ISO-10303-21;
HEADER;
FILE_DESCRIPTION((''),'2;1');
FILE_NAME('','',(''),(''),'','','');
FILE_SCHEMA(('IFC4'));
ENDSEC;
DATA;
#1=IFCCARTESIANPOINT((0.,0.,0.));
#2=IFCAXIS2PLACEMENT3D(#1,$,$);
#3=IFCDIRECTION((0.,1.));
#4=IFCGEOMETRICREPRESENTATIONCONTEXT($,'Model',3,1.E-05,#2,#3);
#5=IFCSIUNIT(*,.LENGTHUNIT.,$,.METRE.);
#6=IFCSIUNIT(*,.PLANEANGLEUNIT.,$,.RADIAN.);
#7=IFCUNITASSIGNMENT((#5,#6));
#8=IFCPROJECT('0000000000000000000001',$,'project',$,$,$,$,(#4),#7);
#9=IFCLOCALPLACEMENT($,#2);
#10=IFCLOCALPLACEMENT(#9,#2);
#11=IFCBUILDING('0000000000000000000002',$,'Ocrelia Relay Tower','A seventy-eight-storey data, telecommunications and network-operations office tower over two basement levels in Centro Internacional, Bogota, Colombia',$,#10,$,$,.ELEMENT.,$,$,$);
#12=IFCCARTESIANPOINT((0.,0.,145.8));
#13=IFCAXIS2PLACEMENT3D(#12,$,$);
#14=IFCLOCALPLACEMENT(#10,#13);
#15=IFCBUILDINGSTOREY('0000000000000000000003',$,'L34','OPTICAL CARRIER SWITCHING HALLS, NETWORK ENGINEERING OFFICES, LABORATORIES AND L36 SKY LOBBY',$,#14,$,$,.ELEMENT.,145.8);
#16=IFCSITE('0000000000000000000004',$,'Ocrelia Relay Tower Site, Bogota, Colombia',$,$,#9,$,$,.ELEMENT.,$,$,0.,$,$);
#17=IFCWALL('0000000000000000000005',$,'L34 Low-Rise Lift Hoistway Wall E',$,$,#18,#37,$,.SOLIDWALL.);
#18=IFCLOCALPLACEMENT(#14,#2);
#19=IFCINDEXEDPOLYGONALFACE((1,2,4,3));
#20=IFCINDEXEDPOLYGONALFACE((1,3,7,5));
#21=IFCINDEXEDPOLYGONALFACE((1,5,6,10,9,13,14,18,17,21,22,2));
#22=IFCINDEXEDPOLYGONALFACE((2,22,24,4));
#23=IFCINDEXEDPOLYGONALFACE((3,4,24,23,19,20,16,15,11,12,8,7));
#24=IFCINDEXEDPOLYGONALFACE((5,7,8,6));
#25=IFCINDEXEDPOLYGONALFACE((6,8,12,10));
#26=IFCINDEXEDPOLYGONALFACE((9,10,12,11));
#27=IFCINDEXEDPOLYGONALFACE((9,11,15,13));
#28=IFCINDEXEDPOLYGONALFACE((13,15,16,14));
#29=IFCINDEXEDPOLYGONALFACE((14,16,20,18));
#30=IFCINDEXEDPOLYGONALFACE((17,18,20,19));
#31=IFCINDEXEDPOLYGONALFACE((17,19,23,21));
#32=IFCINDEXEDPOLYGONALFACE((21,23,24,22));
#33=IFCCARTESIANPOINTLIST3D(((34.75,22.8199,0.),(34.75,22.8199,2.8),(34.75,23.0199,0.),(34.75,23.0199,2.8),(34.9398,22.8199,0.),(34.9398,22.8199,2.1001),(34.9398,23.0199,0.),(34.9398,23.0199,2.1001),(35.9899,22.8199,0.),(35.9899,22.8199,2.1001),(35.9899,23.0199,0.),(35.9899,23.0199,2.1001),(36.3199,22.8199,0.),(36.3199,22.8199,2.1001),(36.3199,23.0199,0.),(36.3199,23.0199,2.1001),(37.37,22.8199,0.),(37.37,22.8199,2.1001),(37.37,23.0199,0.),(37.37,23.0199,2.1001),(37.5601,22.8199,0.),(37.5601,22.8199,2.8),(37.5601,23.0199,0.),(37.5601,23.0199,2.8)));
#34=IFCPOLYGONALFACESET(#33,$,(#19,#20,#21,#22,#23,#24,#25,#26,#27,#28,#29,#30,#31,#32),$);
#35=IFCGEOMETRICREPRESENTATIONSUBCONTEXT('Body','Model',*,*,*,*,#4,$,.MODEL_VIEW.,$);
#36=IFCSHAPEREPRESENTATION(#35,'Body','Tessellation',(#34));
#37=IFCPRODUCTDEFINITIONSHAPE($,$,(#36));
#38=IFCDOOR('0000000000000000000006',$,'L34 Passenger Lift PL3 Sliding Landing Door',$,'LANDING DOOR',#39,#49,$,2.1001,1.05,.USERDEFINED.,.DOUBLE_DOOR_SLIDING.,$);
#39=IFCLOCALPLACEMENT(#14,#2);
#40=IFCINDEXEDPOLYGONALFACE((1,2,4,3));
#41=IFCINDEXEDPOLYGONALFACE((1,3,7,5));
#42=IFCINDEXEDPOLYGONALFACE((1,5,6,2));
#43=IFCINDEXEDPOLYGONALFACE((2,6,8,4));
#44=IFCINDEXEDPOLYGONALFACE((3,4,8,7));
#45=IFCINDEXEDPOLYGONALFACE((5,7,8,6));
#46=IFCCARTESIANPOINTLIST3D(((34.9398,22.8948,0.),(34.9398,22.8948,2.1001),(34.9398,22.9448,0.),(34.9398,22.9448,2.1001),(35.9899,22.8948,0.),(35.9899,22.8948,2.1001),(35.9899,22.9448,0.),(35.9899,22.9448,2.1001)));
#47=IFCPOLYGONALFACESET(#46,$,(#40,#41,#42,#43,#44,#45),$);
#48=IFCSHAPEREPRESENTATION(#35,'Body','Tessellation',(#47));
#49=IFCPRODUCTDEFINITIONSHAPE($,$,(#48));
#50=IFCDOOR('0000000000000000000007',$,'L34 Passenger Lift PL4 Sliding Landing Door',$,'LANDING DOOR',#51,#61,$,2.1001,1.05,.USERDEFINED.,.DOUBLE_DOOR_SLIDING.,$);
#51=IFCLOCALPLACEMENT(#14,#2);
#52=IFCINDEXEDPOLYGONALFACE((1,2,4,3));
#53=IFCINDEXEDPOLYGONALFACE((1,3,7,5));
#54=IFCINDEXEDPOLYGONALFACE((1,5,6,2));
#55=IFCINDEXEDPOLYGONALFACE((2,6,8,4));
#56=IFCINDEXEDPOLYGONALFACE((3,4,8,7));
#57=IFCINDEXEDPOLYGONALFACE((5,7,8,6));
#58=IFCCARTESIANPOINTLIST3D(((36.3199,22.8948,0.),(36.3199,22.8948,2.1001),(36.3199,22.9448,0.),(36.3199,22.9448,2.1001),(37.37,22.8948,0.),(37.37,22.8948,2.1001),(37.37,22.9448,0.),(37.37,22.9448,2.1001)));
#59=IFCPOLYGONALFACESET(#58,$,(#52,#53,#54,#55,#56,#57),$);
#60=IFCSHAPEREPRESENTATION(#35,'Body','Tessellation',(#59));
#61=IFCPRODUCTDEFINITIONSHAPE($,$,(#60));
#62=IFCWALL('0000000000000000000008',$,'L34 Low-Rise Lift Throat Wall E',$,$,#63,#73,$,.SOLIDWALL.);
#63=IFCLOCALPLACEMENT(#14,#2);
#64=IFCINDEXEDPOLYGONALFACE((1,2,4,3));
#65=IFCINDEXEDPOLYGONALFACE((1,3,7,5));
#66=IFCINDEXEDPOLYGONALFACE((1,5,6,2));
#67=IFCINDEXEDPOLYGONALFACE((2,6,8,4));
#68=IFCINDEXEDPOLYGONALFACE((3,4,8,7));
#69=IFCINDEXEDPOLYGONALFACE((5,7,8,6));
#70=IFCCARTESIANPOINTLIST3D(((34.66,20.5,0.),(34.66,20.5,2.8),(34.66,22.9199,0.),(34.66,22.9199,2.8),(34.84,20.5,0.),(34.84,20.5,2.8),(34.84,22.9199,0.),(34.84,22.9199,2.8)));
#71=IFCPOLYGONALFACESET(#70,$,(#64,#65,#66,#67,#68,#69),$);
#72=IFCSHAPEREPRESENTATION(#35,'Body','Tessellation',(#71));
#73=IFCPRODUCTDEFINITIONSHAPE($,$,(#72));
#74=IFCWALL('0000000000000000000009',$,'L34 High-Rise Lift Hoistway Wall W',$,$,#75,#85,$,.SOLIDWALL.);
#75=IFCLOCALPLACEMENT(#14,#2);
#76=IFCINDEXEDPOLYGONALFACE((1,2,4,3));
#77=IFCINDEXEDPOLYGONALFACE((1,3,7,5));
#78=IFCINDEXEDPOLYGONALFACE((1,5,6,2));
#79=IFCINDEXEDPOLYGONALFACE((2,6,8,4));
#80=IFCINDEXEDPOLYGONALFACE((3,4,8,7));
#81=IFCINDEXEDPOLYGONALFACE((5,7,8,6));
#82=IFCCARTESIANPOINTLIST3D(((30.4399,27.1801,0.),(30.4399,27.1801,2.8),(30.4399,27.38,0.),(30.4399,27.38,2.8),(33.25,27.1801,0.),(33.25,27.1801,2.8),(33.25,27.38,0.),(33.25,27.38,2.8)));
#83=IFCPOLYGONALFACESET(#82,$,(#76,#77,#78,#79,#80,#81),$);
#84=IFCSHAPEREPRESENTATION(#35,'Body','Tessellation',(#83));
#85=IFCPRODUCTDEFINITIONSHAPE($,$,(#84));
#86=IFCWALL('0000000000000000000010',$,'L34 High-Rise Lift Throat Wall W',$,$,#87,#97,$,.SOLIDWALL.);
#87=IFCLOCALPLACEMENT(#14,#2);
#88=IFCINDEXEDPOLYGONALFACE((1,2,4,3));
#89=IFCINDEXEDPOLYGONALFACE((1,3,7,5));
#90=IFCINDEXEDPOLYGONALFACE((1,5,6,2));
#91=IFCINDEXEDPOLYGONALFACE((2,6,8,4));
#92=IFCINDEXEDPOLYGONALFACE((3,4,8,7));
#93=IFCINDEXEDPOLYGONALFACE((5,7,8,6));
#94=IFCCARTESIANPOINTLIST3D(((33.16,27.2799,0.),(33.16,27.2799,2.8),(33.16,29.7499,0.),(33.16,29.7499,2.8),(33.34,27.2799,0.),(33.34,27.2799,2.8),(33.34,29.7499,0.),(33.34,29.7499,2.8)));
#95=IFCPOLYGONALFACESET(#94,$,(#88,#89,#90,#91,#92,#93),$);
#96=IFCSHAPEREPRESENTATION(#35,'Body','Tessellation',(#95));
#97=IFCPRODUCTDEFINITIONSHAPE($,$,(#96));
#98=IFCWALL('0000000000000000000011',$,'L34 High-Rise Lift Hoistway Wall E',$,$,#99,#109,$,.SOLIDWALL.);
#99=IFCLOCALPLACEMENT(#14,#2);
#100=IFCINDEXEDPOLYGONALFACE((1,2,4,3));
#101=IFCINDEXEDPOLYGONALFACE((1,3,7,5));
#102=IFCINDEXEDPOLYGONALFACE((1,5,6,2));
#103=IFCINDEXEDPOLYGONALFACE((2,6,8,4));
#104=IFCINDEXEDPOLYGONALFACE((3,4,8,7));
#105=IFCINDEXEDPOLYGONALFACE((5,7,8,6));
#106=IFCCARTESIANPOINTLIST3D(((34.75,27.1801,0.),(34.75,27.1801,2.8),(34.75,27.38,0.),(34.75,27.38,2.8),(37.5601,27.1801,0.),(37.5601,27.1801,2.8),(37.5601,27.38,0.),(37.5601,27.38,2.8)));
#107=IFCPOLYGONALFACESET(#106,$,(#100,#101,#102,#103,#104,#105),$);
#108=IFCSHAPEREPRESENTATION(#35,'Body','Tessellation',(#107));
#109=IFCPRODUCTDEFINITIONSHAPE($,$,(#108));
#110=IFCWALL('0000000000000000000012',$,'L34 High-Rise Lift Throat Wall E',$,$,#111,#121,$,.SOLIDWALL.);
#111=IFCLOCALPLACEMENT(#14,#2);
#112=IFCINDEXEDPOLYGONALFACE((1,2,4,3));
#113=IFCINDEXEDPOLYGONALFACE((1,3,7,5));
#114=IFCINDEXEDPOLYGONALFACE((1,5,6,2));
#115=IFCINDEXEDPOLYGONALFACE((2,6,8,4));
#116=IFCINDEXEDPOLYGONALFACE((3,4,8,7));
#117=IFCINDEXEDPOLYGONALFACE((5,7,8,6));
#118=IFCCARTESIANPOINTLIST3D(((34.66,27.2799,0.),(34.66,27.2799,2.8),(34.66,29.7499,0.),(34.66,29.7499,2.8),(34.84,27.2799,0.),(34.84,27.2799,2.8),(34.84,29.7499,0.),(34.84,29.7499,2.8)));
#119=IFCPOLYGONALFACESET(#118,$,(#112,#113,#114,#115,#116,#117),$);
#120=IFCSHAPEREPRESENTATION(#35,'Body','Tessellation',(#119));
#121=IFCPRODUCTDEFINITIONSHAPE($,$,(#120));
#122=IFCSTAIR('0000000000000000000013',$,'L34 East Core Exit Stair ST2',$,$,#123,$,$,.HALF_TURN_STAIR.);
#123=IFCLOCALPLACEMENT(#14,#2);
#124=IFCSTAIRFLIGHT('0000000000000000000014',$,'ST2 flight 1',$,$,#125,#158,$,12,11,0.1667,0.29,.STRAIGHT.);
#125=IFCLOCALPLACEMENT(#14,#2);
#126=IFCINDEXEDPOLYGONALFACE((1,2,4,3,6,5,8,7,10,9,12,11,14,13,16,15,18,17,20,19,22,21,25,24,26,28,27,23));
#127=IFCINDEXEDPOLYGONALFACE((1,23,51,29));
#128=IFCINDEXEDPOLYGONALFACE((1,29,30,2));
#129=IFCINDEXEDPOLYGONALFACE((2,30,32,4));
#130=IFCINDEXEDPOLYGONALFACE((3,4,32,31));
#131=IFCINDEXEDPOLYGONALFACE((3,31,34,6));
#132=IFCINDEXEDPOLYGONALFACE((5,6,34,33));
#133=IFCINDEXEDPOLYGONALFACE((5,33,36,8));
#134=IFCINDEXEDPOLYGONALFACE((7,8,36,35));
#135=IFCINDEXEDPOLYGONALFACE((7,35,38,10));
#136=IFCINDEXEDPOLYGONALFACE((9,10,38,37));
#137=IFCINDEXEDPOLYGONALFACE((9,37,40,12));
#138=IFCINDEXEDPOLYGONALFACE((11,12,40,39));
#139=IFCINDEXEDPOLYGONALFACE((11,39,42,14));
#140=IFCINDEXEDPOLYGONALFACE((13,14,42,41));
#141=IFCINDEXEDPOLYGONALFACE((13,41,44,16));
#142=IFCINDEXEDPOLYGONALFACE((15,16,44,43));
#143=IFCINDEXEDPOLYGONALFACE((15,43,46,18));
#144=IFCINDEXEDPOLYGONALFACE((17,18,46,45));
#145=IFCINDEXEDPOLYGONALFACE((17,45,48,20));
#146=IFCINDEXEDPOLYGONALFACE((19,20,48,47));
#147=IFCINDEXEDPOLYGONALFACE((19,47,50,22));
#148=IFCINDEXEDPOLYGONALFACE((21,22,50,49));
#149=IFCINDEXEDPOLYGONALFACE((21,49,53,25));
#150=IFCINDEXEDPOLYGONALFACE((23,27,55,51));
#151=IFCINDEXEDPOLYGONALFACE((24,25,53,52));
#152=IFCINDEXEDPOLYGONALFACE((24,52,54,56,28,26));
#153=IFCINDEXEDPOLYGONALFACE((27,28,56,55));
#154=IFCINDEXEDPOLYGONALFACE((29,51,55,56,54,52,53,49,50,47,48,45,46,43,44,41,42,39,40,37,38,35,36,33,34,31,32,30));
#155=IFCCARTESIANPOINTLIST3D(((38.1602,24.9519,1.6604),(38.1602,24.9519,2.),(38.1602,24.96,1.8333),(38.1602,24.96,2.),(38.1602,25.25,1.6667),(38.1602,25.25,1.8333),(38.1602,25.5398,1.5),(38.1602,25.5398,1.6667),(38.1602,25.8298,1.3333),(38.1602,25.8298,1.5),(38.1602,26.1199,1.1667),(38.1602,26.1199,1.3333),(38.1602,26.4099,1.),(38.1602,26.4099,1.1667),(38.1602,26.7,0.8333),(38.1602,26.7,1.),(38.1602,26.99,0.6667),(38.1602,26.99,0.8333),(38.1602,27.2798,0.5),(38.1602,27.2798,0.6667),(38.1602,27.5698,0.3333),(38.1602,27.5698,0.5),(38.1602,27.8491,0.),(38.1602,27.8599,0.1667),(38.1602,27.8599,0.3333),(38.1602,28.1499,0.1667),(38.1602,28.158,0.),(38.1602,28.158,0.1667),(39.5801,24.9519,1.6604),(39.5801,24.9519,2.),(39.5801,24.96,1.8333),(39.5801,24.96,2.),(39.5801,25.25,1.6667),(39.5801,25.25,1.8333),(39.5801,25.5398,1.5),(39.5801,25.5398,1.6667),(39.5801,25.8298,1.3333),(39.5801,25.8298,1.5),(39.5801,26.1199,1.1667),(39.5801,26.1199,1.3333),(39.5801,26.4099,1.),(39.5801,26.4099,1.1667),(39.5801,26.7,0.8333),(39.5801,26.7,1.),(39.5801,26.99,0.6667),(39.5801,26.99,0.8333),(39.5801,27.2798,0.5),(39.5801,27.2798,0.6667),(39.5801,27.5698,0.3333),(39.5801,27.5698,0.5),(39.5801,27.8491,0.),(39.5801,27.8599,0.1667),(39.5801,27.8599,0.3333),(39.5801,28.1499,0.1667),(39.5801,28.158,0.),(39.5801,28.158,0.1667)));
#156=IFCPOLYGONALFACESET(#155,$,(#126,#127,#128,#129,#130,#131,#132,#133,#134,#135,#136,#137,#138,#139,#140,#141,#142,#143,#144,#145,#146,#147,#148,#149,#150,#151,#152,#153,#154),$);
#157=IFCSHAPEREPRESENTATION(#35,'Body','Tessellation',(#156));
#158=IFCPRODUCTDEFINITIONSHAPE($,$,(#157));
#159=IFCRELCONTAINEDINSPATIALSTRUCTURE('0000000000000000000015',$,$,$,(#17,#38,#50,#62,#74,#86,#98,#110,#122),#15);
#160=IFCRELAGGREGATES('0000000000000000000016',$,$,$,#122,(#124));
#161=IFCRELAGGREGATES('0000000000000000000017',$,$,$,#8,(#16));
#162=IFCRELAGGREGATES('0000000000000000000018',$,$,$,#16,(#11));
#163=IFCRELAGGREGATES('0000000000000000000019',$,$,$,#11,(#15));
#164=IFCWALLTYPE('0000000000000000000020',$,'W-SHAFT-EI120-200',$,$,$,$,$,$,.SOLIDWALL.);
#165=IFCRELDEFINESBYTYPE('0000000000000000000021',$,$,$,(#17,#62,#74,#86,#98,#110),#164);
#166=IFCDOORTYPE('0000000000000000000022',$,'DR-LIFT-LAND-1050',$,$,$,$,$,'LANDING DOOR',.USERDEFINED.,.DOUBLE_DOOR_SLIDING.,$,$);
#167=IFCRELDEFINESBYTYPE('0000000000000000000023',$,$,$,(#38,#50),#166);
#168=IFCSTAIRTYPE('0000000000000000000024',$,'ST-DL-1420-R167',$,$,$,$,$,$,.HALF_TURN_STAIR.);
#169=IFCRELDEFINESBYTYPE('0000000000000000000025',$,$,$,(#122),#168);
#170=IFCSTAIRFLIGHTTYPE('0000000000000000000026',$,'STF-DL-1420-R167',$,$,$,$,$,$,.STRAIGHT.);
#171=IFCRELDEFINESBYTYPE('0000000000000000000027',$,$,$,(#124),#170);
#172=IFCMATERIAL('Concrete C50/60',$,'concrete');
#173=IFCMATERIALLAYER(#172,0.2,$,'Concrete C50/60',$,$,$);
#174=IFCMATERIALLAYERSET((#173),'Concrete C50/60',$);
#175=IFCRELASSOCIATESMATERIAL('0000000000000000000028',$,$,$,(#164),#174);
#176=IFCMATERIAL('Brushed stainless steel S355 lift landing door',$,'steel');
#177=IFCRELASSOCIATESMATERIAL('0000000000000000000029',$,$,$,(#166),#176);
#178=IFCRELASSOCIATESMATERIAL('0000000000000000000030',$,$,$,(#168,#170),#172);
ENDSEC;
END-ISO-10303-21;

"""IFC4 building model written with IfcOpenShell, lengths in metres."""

from ifc_helpers import new_model, si_unit, direction, frame, frame_2d, origin, place, context, subcontext, project, spatial, polyline, rectangle, outline, extrude, material, layer, layer_set, type_object, element, fill, aggregate, save


model = new_model("IFC4")

# Units and contexts
model_context = context("Model", 3, precision=1e-05, world=origin(), true_north=direction((0.0, 1.0)))
body_context = subcontext(model_context, "Body", "Model", "MODEL_VIEW")
ifc_project = project(units=[si_unit("LENGTHUNIT", "METRE"), si_unit("PLANEANGLEUNIT", "RADIAN")], contexts=[model_context])

# Site, building, storey
site_placement = place(None, origin())
site = spatial("IfcSite", under=ifc_project, at=site_placement, Name="Ocrelia Relay Tower Site, Bogota, Colombia", CompositionType="ELEMENT", RefElevation=0.0)
building_placement = place(site_placement, origin())
building = spatial("IfcBuilding", under=site, at=building_placement, Name="Ocrelia Relay Tower", Description="A seventy-eight-storey data, telecommunications and network-operations office tower over two basement levels in Centro Internacional, Bogota, Colombia", CompositionType="ELEMENT")
storey_placement = place(building_placement, frame((0.0, 0.0, 145.8)))
storey = spatial("IfcBuildingStorey", under=building, at=storey_placement, Name="L34", Description="OPTICAL CARRIER SWITCHING HALLS, NETWORK ENGINEERING OFFICES, LABORATORIES AND L36 SKY LOBBY", CompositionType="ELEMENT", Elevation=145.8)

# Shared definitions
ifc_material_1 = material(Name="Concrete C50/60", Category="concrete")
ifc_layer_1 = layer(ifc_material_1, 0.2, Name="Concrete C50/60")
ifc_layer_set_1 = layer_set([ifc_layer_1], Name="Concrete C50/60")
wall_type_1 = type_object("IfcWallType", Name="W-SHAFT-EI120-200", PredefinedType="SOLIDWALL", material=ifc_layer_set_1)

# Wall, openings, doors
wall_1_placement = place(storey_placement, frame((34.75, 22.9199, 0.0), z_axis=(0.0, 0.0, 1.0), x_axis=(1.0, 0.0, 0.0)))
wall_1 = element("IfcWall", 1, at=wall_1_placement, inside=storey, type_object=wall_type_1, Name="L34 Low-Rise Lift Hoistway Wall E", PredefinedType="SOLIDWALL", context=body_context, shape_type="SweptSolid", body=[
    extrude(rectangle(XDim=2.8101, YDim=0.2, at=frame_2d((1.405, 0.0))), origin(), (0.0, 0.0, 1.0), 2.8),
])
opening_1_placement = place(wall_1_placement, frame((0.1899, 0.0, 0.0)))
opening_1 = element("IfcOpeningElement", 2, at=opening_1_placement, cuts=wall_1, PredefinedType="OPENING", context=body_context, shape_type="SweptSolid", body=[
    extrude(rectangle(XDim=1.05, YDim=2.1001, at=frame_2d((0.5249, 1.05))), frame((0.0, 0.1099, 0.0), z_axis=(0.0, -1.0, 0.0), x_axis=(1.0, 0.0, 0.0)), (0.0, 0.0, 1.0), 0.22),
])
opening_2_placement = place(wall_1_placement, frame((1.5701, 0.0, 0.0)))
opening_2 = element("IfcOpeningElement", 3, at=opening_2_placement, cuts=wall_1, PredefinedType="OPENING", context=body_context, shape_type="SweptSolid", body=[
    extrude(rectangle(XDim=1.05, YDim=2.1001, at=frame_2d((0.5249, 1.05))), frame((0.0, 0.1099, 0.0), z_axis=(0.0, -1.0, 0.0), x_axis=(1.0, 0.0, 0.0)), (0.0, 0.0, 1.0), 0.22),
])
ifc_material_2 = material(Name="Brushed stainless steel S355 lift landing door", Category="steel")
door_type = type_object("IfcDoorType", Name="DR-LIFT-LAND-1050", ElementType="LANDING DOOR", OperationType="DOUBLE_DOOR_SLIDING", PredefinedType="USERDEFINED", material=ifc_material_2)
door_1_placement = place(opening_1_placement, origin())
door_1 = element("IfcDoor", 4, at=door_1_placement, inside=storey, type_object=door_type, Name="L34 Passenger Lift PL3 Sliding Landing Door", ObjectType="LANDING DOOR", OperationType="DOUBLE_DOOR_SLIDING", OverallHeight=2.1001, OverallWidth=1.05, PredefinedType="USERDEFINED", context=body_context, shape_type="SweptSolid", body=[
    extrude(rectangle(XDim=1.05, YDim=2.1001, at=frame_2d((0.5249, 1.05))), frame((0.0, 0.0249, 0.0), z_axis=(0.0, -1.0, 0.0), x_axis=(1.0, 0.0, 0.0)), (0.0, 0.0, 1.0), 0.05),
])
fill(opening_1, door_1)
door_2_placement = place(opening_2_placement, origin())
door_2 = element("IfcDoor", 5, at=door_2_placement, inside=storey, type_object=door_type, Name="L34 Passenger Lift PL4 Sliding Landing Door", ObjectType="LANDING DOOR", OperationType="DOUBLE_DOOR_SLIDING", OverallHeight=2.1001, OverallWidth=1.05, PredefinedType="USERDEFINED", context=body_context, shape_type="SweptSolid", body=[
    extrude(rectangle(XDim=1.05, YDim=2.1001, at=frame_2d((0.5249, 1.05))), frame((0.0, 0.0249, 0.0), z_axis=(0.0, -1.0, 0.0), x_axis=(1.0, 0.0, 0.0)), (0.0, 0.0, 1.0), 0.05),
])
fill(opening_2, door_2)

# Walls
wall_2_placement = place(storey_placement, frame((34.75, 20.5, 0.0), z_axis=(0.0, 0.0, 1.0), x_axis=(0.0, 1.0, 0.0)))
element("IfcWall", 6, at=wall_2_placement, inside=storey, type_object=wall_type_1, Name="L34 Low-Rise Lift Throat Wall E", PredefinedType="SOLIDWALL", context=body_context, shape_type="SweptSolid", body=[
    extrude(rectangle(XDim=2.4199, YDim=0.1799, at=frame_2d((1.21, 0.0))), origin(), (0.0, 0.0, 1.0), 2.8),
])
wall_3_placement = place(storey_placement, frame((30.4399, 27.28, 0.0), z_axis=(0.0, 0.0, 1.0), x_axis=(1.0, 0.0, 0.0)))
element("IfcWall", 7, at=wall_3_placement, inside=storey, type_object=wall_type_1, Name="L34 High-Rise Lift Hoistway Wall W", PredefinedType="SOLIDWALL", context=body_context, shape_type="SweptSolid", body=[
    extrude(rectangle(XDim=2.8101, YDim=0.2, at=frame_2d((1.405, 0.0))), origin(), (0.0, 0.0, 1.0), 2.8),
])
wall_4_placement = place(storey_placement, frame((33.25, 27.28, 0.0), z_axis=(0.0, 0.0, 1.0), x_axis=(0.0, 1.0, 0.0)))
element("IfcWall", 8, at=wall_4_placement, inside=storey, type_object=wall_type_1, Name="L34 High-Rise Lift Throat Wall W", PredefinedType="SOLIDWALL", context=body_context, shape_type="SweptSolid", body=[
    extrude(rectangle(XDim=2.47, YDim=0.1799, at=frame_2d((1.2349, 0.0))), origin(), (0.0, 0.0, 1.0), 2.8),
])
wall_5_placement = place(storey_placement, frame((34.75, 27.28, 0.0), z_axis=(0.0, 0.0, 1.0), x_axis=(1.0, 0.0, 0.0)))
element("IfcWall", 9, at=wall_5_placement, inside=storey, type_object=wall_type_1, Name="L34 High-Rise Lift Hoistway Wall E", PredefinedType="SOLIDWALL", context=body_context, shape_type="SweptSolid", body=[
    extrude(rectangle(XDim=2.8101, YDim=0.2, at=frame_2d((1.405, 0.0))), origin(), (0.0, 0.0, 1.0), 2.8),
])
wall_6_placement = place(storey_placement, frame((34.75, 27.28, 0.0), z_axis=(0.0, 0.0, 1.0), x_axis=(0.0, 1.0, 0.0)))
element("IfcWall", 10, at=wall_6_placement, inside=storey, type_object=wall_type_1, Name="L34 High-Rise Lift Throat Wall E", PredefinedType="SOLIDWALL", context=body_context, shape_type="SweptSolid", body=[
    extrude(rectangle(XDim=2.47, YDim=0.1799, at=frame_2d((1.2349, 0.0))), origin(), (0.0, 0.0, 1.0), 2.8),
])

# Stair, stair flight
stair_type = type_object("IfcStairType", Name="ST-DL-1420-R167", PredefinedType="HALF_TURN_STAIR", material=ifc_material_1)
stair_placement = place(storey_placement, origin())
stair = element("IfcStair", 11, at=stair_placement, inside=storey, type_object=stair_type, Name="L34 East Core Exit Stair ST2", PredefinedType="HALF_TURN_STAIR")
stair_flight_type = type_object("IfcStairFlightType", Name="STF-DL-1420-R167", PredefinedType="STRAIGHT", material=ifc_material_1)
stair_flight_1_placement = place(storey_placement, frame((38.8701, 28.1499, 0.0), z_axis=(0.0, 0.0, 1.0), x_axis=(0.0, -1.0, 0.0)))
stair_flight_1 = element("IfcStairFlight", 12, at=stair_flight_1_placement, type_object=stair_flight_type, Name="ST2 flight 1", NumberOfRisers=12, NumberOfTreads=11, PredefinedType="STRAIGHT", RiserHeight=0.1667, TreadLength=0.29, context=body_context, shape_type="SweptSolid", body=[
    extrude(outline(polyline([(-0.0081, 0.0), (-0.0081, 0.1667), (0.0, 0.1667), (0.29, 0.1667), (0.29, 0.3333), (0.5801, 0.3333), (0.5801, 0.5), (0.8701, 0.5), (0.8701, 0.6667), (1.1599, 0.6667), (1.1599, 0.8333), (1.45, 0.8333), (1.45, 1.0), (1.74, 1.0), (1.74, 1.1667), (2.03, 1.1667), (2.03, 1.3333), (2.3201, 1.3333), (2.3201, 1.5), (2.6101, 1.5), (2.6101, 1.6667), (2.8999, 1.6667), (2.8999, 1.8333), (3.1899, 1.8333), (3.1899, 2.0), (3.198, 2.0), (3.198, 1.6604), (0.3008, 0.0), (-0.0081, 0.0)])), frame((0.0, 0.71, 0.0), z_axis=(0.0, -1.0, 0.0), x_axis=(1.0, 0.0, 0.0)), (0.0, 0.0, 1.0), 1.4199),
])
aggregate(stair, [stair_flight_1])

save(model, "model.ifc")
